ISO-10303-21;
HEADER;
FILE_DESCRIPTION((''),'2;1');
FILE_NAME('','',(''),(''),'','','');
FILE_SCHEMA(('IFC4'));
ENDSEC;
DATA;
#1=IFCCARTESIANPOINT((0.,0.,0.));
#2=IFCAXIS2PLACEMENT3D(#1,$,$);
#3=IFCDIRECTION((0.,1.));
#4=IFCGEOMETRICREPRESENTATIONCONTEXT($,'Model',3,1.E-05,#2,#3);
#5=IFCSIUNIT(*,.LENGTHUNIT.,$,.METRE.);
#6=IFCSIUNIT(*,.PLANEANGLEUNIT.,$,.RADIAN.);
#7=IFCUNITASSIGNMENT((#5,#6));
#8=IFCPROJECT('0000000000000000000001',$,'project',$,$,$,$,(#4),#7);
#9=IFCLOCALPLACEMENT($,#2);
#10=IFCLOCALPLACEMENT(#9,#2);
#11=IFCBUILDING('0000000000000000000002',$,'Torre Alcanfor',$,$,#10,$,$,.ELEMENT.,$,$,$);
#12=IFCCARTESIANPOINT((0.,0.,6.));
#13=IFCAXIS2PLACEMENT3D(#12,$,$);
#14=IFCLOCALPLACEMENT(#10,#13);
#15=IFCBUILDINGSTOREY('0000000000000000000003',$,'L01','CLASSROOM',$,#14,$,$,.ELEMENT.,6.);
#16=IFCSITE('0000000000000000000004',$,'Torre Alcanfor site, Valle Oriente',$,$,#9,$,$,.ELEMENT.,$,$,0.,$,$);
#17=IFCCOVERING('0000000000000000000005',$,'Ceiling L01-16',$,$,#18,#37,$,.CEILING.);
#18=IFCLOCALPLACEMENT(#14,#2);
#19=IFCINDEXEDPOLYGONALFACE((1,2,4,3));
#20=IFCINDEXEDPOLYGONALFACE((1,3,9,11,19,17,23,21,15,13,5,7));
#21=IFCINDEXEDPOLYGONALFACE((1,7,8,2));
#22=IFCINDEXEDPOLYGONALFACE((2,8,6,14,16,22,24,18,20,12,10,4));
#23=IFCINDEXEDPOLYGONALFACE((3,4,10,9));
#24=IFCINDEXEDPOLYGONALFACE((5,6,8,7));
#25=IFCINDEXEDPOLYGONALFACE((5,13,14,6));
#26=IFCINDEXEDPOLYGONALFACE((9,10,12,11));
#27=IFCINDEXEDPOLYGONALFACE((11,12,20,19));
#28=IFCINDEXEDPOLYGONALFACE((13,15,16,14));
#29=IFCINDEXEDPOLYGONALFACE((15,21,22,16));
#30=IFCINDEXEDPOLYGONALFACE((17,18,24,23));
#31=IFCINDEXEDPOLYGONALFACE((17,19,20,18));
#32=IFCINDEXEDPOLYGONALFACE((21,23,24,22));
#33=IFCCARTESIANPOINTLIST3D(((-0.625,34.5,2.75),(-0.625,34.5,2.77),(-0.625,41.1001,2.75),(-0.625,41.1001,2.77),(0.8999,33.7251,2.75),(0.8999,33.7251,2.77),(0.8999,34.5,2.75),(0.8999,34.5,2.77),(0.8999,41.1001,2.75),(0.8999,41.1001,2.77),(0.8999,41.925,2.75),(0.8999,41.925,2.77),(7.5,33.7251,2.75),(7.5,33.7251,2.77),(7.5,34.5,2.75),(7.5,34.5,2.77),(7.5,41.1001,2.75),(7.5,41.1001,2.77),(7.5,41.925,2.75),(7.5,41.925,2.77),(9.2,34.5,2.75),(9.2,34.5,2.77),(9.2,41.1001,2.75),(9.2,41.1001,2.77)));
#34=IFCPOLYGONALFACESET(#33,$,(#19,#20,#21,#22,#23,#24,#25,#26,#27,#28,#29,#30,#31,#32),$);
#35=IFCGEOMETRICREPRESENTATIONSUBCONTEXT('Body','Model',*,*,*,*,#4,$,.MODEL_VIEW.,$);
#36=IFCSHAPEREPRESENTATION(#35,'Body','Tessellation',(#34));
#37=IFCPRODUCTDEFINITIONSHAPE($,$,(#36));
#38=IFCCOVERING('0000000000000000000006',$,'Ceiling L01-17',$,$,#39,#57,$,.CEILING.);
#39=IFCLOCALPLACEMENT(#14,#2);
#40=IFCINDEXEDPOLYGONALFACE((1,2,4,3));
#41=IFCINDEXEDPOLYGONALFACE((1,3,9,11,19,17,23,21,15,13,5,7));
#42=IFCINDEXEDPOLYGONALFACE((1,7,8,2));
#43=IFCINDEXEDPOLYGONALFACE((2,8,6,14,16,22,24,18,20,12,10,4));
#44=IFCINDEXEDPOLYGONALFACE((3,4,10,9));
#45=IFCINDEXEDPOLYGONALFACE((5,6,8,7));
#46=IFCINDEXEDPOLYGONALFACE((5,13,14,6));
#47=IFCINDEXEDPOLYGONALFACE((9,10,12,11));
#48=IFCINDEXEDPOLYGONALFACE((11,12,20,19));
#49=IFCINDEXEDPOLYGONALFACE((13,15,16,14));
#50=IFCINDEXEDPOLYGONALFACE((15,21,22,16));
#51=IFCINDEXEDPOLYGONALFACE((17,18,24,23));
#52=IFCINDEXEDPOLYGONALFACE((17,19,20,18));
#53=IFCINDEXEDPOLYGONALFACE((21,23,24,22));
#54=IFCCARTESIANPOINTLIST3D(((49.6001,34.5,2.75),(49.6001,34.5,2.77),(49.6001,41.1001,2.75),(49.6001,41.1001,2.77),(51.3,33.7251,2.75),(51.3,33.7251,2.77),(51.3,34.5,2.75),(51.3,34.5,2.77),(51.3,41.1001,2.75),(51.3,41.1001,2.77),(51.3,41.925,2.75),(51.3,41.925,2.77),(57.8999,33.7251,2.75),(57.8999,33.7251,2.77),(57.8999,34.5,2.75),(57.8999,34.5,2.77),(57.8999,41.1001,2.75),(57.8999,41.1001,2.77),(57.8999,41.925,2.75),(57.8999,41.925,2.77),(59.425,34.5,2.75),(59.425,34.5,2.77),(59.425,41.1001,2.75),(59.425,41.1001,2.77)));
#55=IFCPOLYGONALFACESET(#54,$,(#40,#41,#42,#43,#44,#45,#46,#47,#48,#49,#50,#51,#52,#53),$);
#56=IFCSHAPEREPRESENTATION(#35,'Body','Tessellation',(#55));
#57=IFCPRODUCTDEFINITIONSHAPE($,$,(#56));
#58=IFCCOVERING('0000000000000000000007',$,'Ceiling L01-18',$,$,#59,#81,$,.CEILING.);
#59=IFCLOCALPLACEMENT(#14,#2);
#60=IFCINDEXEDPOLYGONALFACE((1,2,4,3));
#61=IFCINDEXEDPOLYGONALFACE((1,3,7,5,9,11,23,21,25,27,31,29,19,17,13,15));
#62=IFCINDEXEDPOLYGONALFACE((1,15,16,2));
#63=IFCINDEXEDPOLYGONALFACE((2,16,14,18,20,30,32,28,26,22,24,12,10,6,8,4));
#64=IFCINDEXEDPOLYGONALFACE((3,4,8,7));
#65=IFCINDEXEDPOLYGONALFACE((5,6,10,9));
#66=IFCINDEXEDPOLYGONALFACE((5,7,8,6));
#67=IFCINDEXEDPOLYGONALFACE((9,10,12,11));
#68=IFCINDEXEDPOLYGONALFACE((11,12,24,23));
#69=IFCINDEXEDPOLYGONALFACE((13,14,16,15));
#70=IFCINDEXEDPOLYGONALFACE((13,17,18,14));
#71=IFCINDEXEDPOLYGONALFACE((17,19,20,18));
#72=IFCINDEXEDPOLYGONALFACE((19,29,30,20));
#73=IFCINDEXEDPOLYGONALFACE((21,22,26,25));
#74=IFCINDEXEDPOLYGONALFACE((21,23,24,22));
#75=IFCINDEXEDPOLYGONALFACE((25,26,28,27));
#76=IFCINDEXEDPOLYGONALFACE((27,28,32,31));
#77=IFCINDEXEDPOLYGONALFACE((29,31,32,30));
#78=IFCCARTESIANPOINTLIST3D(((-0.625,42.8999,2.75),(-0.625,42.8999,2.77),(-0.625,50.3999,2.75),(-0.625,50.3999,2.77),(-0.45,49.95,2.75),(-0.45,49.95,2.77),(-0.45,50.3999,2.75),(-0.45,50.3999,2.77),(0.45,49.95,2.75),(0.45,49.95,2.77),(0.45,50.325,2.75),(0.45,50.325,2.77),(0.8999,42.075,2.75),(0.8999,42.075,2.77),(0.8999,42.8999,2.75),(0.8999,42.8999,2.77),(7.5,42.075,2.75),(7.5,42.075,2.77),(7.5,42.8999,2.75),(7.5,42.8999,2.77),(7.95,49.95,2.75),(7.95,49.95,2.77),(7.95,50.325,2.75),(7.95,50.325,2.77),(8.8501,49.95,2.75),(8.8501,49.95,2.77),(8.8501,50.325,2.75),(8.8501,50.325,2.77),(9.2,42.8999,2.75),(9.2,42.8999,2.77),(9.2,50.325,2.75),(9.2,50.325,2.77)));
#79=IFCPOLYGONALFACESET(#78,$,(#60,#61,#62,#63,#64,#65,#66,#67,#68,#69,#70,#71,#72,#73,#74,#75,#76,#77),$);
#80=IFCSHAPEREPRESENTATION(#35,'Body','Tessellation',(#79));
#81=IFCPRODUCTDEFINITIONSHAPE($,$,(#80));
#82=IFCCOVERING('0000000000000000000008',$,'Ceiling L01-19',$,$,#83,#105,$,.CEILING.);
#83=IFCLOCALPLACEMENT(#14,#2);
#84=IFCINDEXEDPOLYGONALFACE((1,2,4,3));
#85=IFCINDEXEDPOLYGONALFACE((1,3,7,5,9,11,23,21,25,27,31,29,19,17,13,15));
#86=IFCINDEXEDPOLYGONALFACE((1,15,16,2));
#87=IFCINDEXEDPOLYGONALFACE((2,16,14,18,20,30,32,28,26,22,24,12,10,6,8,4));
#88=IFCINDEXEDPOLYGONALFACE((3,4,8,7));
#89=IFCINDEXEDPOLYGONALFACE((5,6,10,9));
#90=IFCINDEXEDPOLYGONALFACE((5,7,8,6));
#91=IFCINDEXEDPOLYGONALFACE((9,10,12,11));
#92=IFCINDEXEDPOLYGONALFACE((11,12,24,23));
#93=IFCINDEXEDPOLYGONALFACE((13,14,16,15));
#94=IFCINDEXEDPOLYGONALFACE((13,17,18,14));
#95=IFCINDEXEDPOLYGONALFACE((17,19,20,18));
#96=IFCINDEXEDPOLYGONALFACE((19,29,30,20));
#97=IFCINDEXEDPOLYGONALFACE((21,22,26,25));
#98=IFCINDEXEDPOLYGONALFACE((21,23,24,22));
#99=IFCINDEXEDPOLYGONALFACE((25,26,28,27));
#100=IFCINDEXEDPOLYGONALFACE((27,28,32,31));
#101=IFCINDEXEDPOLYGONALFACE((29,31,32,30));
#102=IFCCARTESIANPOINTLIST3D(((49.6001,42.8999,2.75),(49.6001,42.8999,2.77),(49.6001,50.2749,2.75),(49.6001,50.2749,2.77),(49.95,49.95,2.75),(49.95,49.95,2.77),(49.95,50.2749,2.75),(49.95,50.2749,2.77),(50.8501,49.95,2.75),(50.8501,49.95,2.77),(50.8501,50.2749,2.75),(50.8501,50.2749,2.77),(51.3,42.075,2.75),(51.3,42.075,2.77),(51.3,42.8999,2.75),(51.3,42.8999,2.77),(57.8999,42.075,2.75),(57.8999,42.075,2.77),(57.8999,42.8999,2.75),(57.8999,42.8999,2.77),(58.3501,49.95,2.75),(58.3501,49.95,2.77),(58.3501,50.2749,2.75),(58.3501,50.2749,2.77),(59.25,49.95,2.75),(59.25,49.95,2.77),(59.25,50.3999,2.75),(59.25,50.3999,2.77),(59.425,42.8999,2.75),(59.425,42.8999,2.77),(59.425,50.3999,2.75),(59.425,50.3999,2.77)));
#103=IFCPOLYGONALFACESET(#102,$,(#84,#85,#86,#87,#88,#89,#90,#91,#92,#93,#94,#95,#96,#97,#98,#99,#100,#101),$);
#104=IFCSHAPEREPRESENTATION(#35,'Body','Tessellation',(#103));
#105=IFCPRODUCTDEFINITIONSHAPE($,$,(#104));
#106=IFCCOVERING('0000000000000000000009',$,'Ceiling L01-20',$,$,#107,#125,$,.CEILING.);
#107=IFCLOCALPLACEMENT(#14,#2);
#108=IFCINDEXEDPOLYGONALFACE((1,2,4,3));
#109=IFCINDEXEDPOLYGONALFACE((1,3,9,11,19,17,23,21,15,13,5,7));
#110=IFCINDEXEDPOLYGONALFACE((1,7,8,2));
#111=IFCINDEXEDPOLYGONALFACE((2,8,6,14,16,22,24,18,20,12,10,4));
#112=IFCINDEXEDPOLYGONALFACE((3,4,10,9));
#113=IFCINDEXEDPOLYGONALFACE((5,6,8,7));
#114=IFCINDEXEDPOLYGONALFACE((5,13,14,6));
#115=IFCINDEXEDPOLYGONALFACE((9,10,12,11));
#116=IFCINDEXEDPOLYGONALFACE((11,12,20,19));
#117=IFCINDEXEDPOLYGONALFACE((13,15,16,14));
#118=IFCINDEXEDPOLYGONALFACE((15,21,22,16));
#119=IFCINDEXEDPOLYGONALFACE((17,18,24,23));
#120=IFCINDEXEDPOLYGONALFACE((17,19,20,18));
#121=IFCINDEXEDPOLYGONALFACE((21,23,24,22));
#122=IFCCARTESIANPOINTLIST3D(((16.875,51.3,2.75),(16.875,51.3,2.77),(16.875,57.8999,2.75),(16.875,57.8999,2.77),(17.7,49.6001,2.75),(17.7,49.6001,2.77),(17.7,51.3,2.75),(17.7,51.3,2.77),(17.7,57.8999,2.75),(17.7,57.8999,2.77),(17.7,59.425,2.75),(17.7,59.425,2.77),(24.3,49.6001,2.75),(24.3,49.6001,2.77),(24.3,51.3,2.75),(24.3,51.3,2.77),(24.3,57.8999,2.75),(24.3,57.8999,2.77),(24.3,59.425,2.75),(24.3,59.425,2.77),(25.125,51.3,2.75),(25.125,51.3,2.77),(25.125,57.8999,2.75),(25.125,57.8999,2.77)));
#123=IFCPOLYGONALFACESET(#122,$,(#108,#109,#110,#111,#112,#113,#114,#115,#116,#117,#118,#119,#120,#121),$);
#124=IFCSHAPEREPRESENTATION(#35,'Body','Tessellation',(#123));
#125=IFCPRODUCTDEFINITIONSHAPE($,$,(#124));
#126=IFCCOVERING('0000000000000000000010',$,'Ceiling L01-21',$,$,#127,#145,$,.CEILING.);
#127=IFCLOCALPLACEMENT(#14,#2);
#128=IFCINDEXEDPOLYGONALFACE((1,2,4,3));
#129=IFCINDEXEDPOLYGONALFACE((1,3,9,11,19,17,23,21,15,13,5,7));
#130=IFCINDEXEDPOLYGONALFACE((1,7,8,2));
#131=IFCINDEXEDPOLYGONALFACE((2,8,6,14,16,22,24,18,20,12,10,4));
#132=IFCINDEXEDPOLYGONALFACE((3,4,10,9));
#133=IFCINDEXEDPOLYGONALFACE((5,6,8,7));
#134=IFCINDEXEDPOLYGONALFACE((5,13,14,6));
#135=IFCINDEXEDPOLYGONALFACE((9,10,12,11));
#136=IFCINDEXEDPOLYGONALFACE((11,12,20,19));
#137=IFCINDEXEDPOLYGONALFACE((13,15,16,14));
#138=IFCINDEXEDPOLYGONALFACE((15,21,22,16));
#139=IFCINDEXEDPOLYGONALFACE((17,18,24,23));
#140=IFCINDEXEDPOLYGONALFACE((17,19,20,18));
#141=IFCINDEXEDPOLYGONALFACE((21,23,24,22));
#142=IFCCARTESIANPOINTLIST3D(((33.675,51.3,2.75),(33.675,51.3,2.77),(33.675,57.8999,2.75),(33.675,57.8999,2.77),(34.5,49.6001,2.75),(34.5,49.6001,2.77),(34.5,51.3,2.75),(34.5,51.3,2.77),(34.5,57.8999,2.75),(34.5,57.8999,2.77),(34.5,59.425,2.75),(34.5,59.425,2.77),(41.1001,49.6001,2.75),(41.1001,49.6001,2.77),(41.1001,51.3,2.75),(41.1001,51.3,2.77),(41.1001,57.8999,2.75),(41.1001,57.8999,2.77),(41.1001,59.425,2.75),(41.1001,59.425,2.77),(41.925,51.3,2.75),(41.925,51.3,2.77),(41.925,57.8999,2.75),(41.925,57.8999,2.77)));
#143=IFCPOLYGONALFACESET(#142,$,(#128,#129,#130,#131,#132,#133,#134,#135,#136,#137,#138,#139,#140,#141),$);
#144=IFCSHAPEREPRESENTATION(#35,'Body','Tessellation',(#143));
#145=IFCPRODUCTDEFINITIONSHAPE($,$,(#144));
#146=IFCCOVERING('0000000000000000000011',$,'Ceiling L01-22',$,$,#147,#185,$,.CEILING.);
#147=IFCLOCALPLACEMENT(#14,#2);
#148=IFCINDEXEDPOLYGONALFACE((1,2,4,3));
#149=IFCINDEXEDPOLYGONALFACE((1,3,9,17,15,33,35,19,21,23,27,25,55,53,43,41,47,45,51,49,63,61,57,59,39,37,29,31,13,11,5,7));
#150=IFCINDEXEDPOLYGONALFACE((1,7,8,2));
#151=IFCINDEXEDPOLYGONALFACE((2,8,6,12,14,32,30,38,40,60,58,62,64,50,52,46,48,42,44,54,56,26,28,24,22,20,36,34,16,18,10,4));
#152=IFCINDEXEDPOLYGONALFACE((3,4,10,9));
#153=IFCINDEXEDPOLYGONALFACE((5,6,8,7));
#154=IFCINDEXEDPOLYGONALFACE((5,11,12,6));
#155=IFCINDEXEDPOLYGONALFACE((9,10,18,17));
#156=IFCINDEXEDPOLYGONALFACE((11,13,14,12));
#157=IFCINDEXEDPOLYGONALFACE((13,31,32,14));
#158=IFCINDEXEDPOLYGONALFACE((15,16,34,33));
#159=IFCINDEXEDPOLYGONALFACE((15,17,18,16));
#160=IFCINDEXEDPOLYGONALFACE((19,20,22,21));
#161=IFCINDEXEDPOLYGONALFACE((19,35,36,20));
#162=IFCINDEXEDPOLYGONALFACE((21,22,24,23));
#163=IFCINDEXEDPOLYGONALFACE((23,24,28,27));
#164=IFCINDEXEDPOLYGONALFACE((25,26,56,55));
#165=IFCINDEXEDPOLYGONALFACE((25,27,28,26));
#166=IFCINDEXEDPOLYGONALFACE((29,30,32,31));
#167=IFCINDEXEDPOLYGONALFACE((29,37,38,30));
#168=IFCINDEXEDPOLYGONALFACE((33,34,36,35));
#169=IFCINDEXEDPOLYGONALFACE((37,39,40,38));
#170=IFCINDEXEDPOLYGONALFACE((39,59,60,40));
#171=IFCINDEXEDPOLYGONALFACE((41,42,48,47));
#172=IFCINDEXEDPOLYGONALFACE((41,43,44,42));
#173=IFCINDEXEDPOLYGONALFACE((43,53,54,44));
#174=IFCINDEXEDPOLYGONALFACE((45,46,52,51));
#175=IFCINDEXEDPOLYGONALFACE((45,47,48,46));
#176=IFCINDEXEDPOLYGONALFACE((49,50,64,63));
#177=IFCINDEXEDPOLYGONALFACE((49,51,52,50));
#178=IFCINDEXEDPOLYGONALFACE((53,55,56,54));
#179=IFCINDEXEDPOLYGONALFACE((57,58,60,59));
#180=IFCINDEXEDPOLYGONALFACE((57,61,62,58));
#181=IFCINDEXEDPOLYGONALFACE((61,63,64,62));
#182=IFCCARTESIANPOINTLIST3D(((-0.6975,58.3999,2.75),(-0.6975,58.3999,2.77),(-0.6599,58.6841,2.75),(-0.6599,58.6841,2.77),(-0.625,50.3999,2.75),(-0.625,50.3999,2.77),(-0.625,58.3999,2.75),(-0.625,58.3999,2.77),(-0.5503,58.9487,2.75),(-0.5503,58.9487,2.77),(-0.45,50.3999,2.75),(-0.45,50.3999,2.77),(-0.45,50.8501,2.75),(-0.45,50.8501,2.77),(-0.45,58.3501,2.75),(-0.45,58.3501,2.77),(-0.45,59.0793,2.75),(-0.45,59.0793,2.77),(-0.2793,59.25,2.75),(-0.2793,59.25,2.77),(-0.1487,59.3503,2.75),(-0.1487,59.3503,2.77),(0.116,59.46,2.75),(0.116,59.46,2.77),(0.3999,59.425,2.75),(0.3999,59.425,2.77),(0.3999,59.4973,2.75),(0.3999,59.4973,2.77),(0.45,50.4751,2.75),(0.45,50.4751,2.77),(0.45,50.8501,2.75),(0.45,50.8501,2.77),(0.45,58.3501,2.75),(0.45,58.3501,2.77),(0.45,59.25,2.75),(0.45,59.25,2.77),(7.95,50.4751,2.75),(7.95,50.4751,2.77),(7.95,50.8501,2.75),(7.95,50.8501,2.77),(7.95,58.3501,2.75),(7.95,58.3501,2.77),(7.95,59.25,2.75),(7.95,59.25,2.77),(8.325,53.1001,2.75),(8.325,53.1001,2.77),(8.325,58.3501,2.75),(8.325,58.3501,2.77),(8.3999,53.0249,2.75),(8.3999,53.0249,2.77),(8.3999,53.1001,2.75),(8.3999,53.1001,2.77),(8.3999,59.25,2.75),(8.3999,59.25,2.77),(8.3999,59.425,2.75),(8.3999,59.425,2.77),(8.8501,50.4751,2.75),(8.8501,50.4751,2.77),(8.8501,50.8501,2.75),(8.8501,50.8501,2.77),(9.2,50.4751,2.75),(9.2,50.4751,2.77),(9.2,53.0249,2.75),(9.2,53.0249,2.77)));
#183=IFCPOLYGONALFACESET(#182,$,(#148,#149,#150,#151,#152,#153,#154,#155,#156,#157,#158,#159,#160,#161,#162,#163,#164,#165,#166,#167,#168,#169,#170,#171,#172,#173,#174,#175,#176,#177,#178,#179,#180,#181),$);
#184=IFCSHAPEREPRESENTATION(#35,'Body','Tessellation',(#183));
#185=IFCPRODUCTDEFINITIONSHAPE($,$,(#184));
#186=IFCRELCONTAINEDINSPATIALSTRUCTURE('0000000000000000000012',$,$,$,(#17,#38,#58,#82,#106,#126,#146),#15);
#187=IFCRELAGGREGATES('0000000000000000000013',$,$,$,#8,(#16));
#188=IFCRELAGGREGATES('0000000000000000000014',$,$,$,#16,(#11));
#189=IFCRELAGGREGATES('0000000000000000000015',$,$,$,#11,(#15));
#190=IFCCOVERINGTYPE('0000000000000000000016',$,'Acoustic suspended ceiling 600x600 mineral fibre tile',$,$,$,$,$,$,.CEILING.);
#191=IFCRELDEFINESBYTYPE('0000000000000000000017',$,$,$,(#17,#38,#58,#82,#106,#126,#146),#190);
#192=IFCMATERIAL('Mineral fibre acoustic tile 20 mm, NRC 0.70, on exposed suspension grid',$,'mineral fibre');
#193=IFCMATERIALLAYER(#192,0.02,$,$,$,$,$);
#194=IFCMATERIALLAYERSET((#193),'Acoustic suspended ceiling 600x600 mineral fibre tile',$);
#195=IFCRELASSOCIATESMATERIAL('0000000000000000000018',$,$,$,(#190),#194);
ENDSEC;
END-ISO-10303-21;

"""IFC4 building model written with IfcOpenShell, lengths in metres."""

from ifc_helpers import new_model, si_unit, direction, frame, origin, place, context, subcontext, project, spatial, polyline, outline, extrude, material, layer, layer_set, type_object, element, save


model = new_model("IFC4")

# Units and contexts
model_context = context("Model", 3, precision=1e-05, world=origin(), true_north=direction((0.0, 1.0)))
body_context = subcontext(model_context, "Body", "Model", "MODEL_VIEW")
ifc_project = project(units=[si_unit("LENGTHUNIT", "METRE"), si_unit("PLANEANGLEUNIT", "RADIAN")], contexts=[model_context])

# Site, building, storey
site_placement = place(None, origin())
site = spatial("IfcSite", under=ifc_project, at=site_placement, Name="Torre Alcanfor site, Valle Oriente", CompositionType="ELEMENT", RefElevation=0.0)
building_placement = place(site_placement, origin())
building = spatial("IfcBuilding", under=site, at=building_placement, Name="Torre Alcanfor", CompositionType="ELEMENT")
storey_placement = place(building_placement, frame((0.0, 0.0, 6.0)))
storey = spatial("IfcBuildingStorey", under=building, at=storey_placement, Name="L01", Description="CLASSROOM", CompositionType="ELEMENT", Elevation=6.0)

# Coverings
ifc_material = material(Name="Mineral fibre acoustic tile 20 mm, NRC 0.70, on exposed suspension grid", Category="mineral fibre")
ifc_layer = layer(ifc_material, 0.02)
ifc_layer_set = layer_set([ifc_layer], Name="Acoustic suspended ceiling 600x600 mineral fibre tile")
covering_type = type_object("IfcCoveringType", Name="Acoustic suspended ceiling 600x600 mineral fibre tile", PredefinedType="CEILING", material=ifc_layer_set)
covering_1_placement = place(storey_placement, frame((0.0, 0.0, 2.75)))
element("IfcCovering", 1, at=covering_1_placement, inside=storey, type_object=covering_type, Name="Ceiling L01-16", PredefinedType="CEILING", context=body_context, shape_type="SweptSolid", body=[
    extrude(outline(polyline([(0.8999, 41.925), (0.8999, 41.1001), (-0.625, 41.1001), (-0.625, 34.5), (0.8999, 34.5), (0.8999, 33.7251), (7.5, 33.7251), (7.5, 34.5), (9.2, 34.5), (9.2, 41.1001), (7.5, 41.1001), (7.5, 41.925), (0.8999, 41.925)])), origin(), (0.0, 0.0, 1.0), 0.02),
])
covering_2_placement = place(storey_placement, frame((0.0, 0.0, 2.75)))
element("IfcCovering", 2, at=covering_2_placement, inside=storey, type_object=covering_type, Name="Ceiling L01-17", PredefinedType="CEILING", context=body_context, shape_type="SweptSolid", body=[
    extrude(outline(polyline([(57.8999, 33.7251), (57.8999, 34.5), (59.425, 34.5), (59.425, 41.1001), (57.8999, 41.1001), (57.8999, 41.925), (51.3, 41.925), (51.3, 41.1001), (49.6001, 41.1001), (49.6001, 34.5), (51.3, 34.5), (51.3, 33.7251), (57.8999, 33.7251)])), origin(), (0.0, 0.0, 1.0), 0.02),
])
covering_3_placement = place(storey_placement, frame((0.0, 0.0, 2.75)))
element("IfcCovering", 3, at=covering_3_placement, inside=storey, type_object=covering_type, Name="Ceiling L01-18", PredefinedType="CEILING", context=body_context, shape_type="SweptSolid", body=[
    extrude(outline(polyline([(-0.45, 49.95), (-0.45, 50.3999), (-0.625, 50.3999), (-0.625, 42.8999), (0.8999, 42.8999), (0.8999, 42.075), (7.5, 42.075), (7.5, 42.8999), (9.2, 42.8999), (9.2, 50.325), (8.8501, 50.325), (8.8501, 49.95), (7.95, 49.95), (7.95, 50.325), (0.45, 50.325), (0.45, 49.95), (-0.45, 49.95)])), origin(), (0.0, 0.0, 1.0), 0.02),
])
covering_4_placement = place(storey_placement, frame((0.0, 0.0, 2.75)))
element("IfcCovering", 4, at=covering_4_placement, inside=storey, type_object=covering_type, Name="Ceiling L01-19", PredefinedType="CEILING", context=body_context, shape_type="SweptSolid", body=[
    extrude(outline(polyline([(57.8999, 42.075), (57.8999, 42.8999), (59.425, 42.8999), (59.425, 50.3999), (59.25, 50.3999), (59.25, 49.95), (58.3501, 49.95), (58.3501, 50.2749), (50.8501, 50.2749), (50.8501, 49.95), (49.95, 49.95), (49.95, 50.2749), (49.6001, 50.2749), (49.6001, 42.8999), (51.3, 42.8999), (51.3, 42.075), (57.8999, 42.075)])), origin(), (0.0, 0.0, 1.0), 0.02),
])
covering_5_placement = place(storey_placement, frame((0.0, 0.0, 2.75)))
element("IfcCovering", 5, at=covering_5_placement, inside=storey, type_object=covering_type, Name="Ceiling L01-20", PredefinedType="CEILING", context=body_context, shape_type="SweptSolid", body=[
    extrude(outline(polyline([(16.875, 51.3), (17.7, 51.3), (17.7, 49.6001), (24.3, 49.6001), (24.3, 51.3), (25.125, 51.3), (25.125, 57.8999), (24.3, 57.8999), (24.3, 59.425), (17.7, 59.425), (17.7, 57.8999), (16.875, 57.8999), (16.875, 51.3)])), origin(), (0.0, 0.0, 1.0), 0.02),
])
covering_6_placement = place(storey_placement, frame((0.0, 0.0, 2.75)))
element("IfcCovering", 6, at=covering_6_placement, inside=storey, type_object=covering_type, Name="Ceiling L01-21", PredefinedType="CEILING", context=body_context, shape_type="SweptSolid", body=[
    extrude(outline(polyline([(33.675, 51.3), (34.5, 51.3), (34.5, 49.6001), (41.1001, 49.6001), (41.1001, 51.3), (41.925, 51.3), (41.925, 57.8999), (41.1001, 57.8999), (41.1001, 59.425), (34.5, 59.425), (34.5, 57.8999), (33.675, 57.8999), (33.675, 51.3)])), origin(), (0.0, 0.0, 1.0), 0.02),
])
covering_7_placement = place(storey_placement, frame((0.0, 0.0, 2.75)))
element("IfcCovering", 7, at=covering_7_placement, inside=storey, type_object=covering_type, Name="Ceiling L01-22", PredefinedType="CEILING", context=body_context, shape_type="SweptSolid", body=[
    extrude(outline(polyline([(-0.45, 59.0793), (-0.5503, 58.9487), (-0.6599, 58.6841), (-0.6975, 58.3999), (-0.625, 58.3999), (-0.625, 50.3999), (-0.45, 50.3999), (-0.45, 50.8501), (0.45, 50.8501), (0.45, 50.4751), (7.95, 50.4751), (7.95, 50.8501), (8.8501, 50.8501), (8.8501, 50.4751), (9.2, 50.4751), (9.2, 53.0249), (8.3999, 53.0249), (8.3999, 53.1001), (8.325, 53.1001), (8.325, 58.3501), (7.95, 58.3501), (7.95, 59.25), (8.3999, 59.25), (8.3999, 59.425), (0.3999, 59.425), (0.3999, 59.4973), (0.116, 59.46), (-0.1487, 59.3503), (-0.2793, 59.25), (0.45, 59.25), (0.45, 58.3501), (-0.45, 58.3501), (-0.45, 59.0793)])), origin(), (0.0, 0.0, 1.0), 0.02),
])

save(model, "model.ifc")
